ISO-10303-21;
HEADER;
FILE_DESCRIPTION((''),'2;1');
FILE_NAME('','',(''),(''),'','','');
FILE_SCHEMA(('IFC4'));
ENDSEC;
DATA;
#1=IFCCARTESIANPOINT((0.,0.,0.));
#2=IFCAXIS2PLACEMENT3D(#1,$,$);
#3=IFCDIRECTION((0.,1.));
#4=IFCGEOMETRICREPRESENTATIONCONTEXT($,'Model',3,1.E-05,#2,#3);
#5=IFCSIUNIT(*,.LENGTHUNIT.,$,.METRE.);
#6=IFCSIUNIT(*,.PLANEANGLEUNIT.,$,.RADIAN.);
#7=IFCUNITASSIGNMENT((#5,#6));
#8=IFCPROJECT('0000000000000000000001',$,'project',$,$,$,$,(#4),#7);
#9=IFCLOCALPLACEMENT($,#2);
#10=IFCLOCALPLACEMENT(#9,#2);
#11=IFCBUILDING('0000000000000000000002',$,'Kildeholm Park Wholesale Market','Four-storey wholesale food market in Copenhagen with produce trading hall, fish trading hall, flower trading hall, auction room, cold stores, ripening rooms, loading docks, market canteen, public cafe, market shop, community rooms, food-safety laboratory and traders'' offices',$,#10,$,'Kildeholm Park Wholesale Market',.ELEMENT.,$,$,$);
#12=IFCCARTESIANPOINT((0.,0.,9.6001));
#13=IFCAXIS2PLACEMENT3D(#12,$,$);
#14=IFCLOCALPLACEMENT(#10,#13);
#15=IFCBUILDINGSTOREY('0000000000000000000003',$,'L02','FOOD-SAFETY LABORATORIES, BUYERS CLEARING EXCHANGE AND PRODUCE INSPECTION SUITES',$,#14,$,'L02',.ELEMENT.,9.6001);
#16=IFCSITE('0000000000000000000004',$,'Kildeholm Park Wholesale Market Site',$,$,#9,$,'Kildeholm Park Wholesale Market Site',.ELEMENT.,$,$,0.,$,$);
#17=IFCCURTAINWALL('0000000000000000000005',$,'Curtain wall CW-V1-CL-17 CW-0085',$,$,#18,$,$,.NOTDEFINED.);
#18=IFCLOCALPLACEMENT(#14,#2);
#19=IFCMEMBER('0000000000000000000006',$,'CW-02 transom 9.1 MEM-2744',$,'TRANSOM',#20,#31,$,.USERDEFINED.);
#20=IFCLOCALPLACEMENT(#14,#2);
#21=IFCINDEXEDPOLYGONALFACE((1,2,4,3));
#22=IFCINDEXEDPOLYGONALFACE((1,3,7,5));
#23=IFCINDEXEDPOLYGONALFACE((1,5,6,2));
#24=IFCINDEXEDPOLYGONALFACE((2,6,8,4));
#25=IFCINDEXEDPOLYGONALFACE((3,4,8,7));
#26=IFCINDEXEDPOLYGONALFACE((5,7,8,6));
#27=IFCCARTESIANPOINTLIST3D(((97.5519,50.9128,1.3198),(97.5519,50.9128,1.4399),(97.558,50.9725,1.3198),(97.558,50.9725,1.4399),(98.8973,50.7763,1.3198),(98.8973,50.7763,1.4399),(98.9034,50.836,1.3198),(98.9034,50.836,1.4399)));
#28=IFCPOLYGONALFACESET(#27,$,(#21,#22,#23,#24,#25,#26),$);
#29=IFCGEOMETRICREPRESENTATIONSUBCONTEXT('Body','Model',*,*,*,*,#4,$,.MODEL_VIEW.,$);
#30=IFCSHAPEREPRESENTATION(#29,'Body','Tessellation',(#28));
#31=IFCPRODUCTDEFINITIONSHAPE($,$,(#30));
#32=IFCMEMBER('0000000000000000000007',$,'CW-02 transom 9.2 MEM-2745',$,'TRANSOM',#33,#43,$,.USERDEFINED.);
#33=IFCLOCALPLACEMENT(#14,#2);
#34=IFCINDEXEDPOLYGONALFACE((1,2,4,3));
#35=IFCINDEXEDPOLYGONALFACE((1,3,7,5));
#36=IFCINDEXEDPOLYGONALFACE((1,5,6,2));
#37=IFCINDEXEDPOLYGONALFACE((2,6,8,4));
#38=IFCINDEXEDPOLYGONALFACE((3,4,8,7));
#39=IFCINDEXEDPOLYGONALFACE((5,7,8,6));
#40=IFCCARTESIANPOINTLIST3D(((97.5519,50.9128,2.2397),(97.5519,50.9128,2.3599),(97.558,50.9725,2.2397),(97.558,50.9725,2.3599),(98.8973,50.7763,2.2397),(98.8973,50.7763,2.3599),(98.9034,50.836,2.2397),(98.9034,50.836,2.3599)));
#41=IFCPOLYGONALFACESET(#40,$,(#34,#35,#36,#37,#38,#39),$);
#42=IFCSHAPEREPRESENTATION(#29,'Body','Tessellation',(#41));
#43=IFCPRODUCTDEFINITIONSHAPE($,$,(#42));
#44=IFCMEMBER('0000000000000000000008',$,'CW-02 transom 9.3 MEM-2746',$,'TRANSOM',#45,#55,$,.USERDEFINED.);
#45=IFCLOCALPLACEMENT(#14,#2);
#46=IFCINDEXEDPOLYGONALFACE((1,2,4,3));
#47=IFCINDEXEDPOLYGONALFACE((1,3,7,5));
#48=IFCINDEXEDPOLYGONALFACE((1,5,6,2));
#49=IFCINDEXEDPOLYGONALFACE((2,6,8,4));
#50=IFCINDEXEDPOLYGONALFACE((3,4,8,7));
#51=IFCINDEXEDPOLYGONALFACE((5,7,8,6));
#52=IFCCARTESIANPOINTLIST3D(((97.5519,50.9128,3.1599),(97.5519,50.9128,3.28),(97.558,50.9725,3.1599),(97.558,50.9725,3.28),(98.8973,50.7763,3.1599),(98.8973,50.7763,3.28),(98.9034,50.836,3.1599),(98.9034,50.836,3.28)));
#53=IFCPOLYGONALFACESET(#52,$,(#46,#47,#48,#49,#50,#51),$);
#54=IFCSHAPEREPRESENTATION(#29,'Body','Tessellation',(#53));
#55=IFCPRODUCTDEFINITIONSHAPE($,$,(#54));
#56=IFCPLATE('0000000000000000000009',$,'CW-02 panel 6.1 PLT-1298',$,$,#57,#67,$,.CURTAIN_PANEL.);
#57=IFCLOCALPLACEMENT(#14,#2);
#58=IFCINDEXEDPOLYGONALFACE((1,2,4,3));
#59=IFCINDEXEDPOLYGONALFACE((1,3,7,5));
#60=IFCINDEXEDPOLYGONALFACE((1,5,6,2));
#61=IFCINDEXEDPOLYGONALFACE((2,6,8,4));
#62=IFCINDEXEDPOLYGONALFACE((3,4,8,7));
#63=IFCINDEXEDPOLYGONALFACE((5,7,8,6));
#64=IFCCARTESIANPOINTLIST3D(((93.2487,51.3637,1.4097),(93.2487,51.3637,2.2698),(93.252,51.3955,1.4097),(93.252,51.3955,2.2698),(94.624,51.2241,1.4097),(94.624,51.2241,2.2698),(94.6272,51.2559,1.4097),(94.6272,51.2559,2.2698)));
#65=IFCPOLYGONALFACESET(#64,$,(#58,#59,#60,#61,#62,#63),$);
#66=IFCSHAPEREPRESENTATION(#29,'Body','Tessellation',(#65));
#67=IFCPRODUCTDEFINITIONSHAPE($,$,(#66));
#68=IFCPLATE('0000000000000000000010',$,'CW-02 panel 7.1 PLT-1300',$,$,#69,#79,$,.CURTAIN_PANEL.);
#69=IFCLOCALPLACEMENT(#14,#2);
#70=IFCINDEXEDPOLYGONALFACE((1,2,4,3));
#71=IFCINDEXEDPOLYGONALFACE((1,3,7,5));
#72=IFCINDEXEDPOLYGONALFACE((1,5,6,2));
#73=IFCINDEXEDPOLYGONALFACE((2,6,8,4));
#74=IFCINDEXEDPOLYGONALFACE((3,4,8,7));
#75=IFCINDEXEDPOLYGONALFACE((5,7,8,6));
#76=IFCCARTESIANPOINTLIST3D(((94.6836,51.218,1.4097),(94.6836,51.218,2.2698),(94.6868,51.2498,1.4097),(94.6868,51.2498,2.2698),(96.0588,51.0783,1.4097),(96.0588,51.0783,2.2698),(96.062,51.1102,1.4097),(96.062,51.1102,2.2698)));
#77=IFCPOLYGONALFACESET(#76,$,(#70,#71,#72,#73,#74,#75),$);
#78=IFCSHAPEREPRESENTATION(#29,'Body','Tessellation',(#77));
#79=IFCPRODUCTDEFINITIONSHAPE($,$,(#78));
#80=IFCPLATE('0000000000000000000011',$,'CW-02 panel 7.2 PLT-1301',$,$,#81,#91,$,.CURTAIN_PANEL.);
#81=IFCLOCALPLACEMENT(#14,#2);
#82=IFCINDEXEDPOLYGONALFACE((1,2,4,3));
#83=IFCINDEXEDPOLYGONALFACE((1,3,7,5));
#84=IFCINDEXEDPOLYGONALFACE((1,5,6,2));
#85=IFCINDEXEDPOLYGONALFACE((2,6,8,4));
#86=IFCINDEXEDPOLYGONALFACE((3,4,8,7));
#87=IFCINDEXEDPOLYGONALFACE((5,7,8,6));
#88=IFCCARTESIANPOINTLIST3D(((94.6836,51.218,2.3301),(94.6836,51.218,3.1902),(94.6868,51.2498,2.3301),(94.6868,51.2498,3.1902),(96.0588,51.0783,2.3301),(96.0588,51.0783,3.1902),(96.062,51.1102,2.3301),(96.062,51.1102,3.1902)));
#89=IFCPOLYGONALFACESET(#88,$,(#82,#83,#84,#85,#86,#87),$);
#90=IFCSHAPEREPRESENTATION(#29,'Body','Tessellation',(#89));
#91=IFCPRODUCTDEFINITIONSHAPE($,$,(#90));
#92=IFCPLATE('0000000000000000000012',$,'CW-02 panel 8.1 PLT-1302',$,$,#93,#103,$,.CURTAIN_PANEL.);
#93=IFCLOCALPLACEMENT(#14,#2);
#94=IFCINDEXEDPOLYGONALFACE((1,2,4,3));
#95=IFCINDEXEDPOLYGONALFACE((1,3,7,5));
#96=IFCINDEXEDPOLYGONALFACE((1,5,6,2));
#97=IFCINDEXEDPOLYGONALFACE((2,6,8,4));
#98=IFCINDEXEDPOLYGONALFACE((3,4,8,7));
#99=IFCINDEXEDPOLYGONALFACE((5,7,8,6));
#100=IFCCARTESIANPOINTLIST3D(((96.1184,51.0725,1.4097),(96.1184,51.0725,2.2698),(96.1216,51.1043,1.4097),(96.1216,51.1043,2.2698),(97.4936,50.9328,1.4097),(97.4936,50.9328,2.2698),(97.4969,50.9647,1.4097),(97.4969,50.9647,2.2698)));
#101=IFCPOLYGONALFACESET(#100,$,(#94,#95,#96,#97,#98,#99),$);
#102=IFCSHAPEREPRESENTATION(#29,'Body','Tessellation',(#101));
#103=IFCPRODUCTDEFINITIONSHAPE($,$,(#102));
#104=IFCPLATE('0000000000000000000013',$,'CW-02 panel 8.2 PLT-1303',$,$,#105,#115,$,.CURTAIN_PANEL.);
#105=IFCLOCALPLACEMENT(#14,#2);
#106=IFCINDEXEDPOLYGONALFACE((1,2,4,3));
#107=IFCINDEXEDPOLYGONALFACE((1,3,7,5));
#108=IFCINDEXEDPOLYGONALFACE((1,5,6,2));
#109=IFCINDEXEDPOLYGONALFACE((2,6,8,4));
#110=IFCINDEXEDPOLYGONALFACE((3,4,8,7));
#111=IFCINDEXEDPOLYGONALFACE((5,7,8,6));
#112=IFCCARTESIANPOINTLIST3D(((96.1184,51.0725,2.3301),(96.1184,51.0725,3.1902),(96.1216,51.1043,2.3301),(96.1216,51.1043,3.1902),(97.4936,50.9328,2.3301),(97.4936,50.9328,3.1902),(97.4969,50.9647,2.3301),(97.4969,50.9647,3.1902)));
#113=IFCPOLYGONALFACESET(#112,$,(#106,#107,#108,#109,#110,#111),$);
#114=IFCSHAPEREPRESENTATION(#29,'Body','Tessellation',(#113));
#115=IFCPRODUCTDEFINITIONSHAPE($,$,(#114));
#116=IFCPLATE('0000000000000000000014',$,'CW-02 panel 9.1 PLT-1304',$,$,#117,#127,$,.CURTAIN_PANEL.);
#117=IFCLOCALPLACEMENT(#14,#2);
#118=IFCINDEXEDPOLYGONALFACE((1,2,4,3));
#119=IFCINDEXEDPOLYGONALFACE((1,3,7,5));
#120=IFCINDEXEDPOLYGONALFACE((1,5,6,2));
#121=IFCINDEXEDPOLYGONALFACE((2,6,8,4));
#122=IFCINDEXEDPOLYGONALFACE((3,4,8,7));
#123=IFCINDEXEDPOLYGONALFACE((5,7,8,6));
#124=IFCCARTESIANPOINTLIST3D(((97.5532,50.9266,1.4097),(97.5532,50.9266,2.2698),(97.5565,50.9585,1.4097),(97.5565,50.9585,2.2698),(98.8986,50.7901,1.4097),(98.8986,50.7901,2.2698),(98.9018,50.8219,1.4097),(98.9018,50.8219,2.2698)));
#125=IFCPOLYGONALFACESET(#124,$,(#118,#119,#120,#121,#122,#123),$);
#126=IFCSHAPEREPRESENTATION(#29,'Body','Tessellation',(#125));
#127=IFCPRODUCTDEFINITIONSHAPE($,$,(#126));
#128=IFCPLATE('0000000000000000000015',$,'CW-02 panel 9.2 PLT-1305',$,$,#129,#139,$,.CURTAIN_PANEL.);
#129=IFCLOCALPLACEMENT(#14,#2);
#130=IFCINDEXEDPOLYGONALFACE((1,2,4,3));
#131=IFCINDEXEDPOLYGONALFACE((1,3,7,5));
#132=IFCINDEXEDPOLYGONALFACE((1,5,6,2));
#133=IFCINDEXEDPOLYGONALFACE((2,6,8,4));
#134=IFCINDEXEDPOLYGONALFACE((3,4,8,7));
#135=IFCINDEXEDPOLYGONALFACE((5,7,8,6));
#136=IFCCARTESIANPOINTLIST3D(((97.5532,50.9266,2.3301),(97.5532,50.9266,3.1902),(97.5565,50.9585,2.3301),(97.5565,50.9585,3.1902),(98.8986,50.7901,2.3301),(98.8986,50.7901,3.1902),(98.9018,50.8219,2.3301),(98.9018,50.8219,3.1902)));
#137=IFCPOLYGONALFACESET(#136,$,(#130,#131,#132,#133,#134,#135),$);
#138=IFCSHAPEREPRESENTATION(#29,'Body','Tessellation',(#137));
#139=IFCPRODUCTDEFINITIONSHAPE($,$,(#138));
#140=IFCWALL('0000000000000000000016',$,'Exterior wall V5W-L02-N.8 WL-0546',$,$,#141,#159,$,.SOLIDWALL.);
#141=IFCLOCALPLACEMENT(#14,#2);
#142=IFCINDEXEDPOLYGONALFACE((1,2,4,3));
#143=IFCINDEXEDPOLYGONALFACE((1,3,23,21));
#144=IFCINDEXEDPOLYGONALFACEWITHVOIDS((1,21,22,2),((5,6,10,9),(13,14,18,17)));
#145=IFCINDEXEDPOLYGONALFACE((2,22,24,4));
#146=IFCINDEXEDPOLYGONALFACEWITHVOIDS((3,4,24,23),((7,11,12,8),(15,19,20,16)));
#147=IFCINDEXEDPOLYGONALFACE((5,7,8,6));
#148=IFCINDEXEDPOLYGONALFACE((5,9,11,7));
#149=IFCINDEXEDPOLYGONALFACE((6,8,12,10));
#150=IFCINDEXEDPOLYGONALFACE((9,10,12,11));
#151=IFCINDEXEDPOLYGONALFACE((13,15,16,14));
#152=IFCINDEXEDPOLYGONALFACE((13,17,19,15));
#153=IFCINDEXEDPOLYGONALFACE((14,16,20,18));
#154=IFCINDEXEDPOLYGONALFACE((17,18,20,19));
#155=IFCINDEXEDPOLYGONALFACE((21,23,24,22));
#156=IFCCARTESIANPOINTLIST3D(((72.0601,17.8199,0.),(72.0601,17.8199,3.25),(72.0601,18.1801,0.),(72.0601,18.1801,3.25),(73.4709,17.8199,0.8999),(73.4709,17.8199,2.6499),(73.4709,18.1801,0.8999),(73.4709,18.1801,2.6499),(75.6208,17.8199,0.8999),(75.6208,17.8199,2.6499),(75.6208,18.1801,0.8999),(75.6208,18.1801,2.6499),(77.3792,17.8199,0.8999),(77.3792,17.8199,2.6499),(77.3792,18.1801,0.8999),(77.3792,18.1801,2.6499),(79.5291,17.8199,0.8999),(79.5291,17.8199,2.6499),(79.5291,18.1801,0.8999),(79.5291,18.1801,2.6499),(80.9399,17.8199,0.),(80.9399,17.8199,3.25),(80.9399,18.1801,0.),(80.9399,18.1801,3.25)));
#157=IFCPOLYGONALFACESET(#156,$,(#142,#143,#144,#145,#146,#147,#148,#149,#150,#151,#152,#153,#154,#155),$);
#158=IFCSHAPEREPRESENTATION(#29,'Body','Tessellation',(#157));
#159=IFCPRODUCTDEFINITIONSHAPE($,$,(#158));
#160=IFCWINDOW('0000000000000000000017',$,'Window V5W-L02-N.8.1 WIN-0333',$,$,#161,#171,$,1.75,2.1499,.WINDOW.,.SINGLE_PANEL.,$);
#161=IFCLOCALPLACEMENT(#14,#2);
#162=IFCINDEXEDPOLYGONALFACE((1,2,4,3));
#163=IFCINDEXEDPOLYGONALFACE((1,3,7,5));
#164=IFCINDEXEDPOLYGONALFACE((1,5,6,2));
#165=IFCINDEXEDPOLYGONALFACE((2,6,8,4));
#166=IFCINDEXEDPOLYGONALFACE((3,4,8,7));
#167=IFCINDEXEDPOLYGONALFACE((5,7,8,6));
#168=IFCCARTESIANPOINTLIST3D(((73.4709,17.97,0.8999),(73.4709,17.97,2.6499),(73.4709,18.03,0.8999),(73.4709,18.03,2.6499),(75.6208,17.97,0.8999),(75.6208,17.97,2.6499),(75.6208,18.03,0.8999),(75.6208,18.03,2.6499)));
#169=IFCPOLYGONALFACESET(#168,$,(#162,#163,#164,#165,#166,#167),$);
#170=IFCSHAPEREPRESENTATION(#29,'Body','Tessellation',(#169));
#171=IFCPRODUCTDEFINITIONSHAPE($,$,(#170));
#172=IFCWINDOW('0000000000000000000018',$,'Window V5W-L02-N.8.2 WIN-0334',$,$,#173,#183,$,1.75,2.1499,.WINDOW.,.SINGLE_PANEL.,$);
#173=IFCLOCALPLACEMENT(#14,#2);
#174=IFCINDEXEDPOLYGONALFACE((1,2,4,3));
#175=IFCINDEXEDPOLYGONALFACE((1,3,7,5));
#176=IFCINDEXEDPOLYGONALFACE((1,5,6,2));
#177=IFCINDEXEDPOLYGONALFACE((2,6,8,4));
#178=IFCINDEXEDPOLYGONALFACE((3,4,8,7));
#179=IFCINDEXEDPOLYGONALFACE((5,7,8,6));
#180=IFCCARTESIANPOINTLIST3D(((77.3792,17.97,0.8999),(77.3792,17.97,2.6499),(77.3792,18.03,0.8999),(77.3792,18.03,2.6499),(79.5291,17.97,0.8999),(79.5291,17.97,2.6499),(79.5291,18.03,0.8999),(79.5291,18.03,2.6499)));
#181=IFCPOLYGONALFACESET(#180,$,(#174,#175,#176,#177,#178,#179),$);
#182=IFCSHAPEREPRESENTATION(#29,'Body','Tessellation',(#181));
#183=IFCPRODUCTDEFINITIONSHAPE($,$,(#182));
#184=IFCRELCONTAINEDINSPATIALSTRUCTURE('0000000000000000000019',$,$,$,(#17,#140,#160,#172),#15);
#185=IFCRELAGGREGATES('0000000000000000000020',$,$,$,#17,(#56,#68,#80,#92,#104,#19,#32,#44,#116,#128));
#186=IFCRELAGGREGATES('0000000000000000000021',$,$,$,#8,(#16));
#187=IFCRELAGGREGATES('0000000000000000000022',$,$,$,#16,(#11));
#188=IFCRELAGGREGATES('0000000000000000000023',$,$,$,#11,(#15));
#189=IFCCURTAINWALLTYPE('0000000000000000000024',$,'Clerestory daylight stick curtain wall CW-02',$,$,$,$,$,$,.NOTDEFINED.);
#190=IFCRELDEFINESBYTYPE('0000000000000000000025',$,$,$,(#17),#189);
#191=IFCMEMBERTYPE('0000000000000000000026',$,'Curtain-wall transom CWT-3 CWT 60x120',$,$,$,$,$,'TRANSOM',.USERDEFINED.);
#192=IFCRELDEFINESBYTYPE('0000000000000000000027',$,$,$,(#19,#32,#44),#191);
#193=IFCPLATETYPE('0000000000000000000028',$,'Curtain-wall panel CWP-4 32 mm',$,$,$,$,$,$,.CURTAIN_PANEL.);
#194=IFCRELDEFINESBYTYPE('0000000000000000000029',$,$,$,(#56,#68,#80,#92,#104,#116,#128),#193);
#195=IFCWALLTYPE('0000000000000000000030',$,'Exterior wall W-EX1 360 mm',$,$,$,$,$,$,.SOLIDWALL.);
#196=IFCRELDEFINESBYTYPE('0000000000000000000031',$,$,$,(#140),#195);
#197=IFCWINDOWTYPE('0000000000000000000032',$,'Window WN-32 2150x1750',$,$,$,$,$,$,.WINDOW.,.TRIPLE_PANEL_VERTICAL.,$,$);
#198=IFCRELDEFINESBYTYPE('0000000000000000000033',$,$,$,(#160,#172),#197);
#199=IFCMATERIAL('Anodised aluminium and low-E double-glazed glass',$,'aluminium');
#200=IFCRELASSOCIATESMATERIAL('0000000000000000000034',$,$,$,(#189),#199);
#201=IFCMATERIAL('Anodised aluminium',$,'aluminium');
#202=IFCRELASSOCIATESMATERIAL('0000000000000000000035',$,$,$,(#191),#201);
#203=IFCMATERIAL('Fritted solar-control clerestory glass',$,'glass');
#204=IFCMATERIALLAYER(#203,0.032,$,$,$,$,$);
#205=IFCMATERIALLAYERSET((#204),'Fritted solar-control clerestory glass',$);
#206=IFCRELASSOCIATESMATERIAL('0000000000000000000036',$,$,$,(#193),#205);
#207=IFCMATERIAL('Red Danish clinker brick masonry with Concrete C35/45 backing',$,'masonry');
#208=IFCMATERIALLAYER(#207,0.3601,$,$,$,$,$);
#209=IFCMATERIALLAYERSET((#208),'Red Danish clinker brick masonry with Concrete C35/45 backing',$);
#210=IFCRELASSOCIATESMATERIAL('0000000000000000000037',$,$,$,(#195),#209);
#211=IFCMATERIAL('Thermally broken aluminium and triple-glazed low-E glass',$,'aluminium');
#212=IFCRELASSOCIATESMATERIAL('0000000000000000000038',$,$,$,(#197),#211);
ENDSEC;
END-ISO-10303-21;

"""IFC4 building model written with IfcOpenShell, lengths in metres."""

from ifc_helpers import new_model, si_unit, direction, frame, frame_2d, origin, origin_2d, place, context, subcontext, project, spatial, rectangle, extrude, material, layer, layer_set, material_profile, profile_set, type_object, element, fill, aggregate, save


model = new_model("IFC4")

# Units and contexts
model_context = context("Model", 3, precision=1e-05, world=origin(), true_north=direction((0.0, 1.0)))
body_context = subcontext(model_context, "Body", "Model", "MODEL_VIEW")
ifc_project = project(units=[si_unit("LENGTHUNIT", "METRE"), si_unit("PLANEANGLEUNIT", "RADIAN")], contexts=[model_context])

# Site, building, storey
site_placement = place(None, origin())
site = spatial("IfcSite", under=ifc_project, at=site_placement, Name="Kildeholm Park Wholesale Market Site", LongName="Kildeholm Park Wholesale Market Site", CompositionType="ELEMENT", RefElevation=0.0)
building_placement = place(site_placement, origin())
building = spatial("IfcBuilding", under=site, at=building_placement, Name="Kildeholm Park Wholesale Market", Description="Four-storey wholesale food market in Copenhagen with produce trading hall, fish trading hall, flower trading hall, auction room, cold stores, ripening rooms, loading docks, market canteen, public cafe, market shop, community rooms, food-safety laboratory and traders' offices", LongName="Kildeholm Park Wholesale Market", CompositionType="ELEMENT")
storey_placement = place(building_placement, frame((0.0, 0.0, 9.6001)))
storey = spatial("IfcBuildingStorey", under=building, at=storey_placement, Name="L02", Description="FOOD-SAFETY LABORATORIES, BUYERS CLEARING EXCHANGE AND PRODUCE INSPECTION SUITES", LongName="L02", CompositionType="ELEMENT", Elevation=9.6001)

# Curtain wall, members, plates
ifc_material_1 = material(Name="Anodised aluminium and low-E double-glazed glass", Category="aluminium")
curtain_wall_type = type_object("IfcCurtainWallType", Name="Clerestory daylight stick curtain wall CW-02", PredefinedType="NOTDEFINED", material=ifc_material_1)
curtain_wall_placement = place(storey_placement, origin())
curtain_wall = element("IfcCurtainWall", 1, at=curtain_wall_placement, inside=storey, type_object=curtain_wall_type, Name="Curtain wall CW-V1-CL-17 CW-0085", PredefinedType="NOTDEFINED")
ifc_material_2 = material(Name="Anodised aluminium", Category="aluminium")
ifc_material_profile_1 = material_profile(ifc_material_2, rectangle(XDim=0.0601, YDim=0.1201, at=origin_2d()), Name="CWT 60x120")
ifc_profile_set_1 = profile_set([ifc_material_profile_1], Name="Anodised aluminium")
member_type_1 = type_object("IfcMemberType", Name="Curtain-wall transom CWT-3 CWT 60x120", ElementType="TRANSOM", PredefinedType="USERDEFINED", material=ifc_profile_set_1)
member_1_placement = place(storey_placement, frame((97.5549, 50.9426, 1.3799), z_axis=(0.994895, -0.100916, 0.0), x_axis=(0.100916, 0.994895, 0.0)))
member_1 = element("IfcMember", 2, at=member_1_placement, type_object=member_type_1, Name="CW-02 transom 9.1 MEM-2744", ObjectType="TRANSOM", PredefinedType="USERDEFINED", context=body_context, shape_type="SweptSolid", body=[
    extrude(rectangle(XDim=0.0601, YDim=0.1201, at=origin_2d()), origin(), (0.0, 0.0, 1.0), 1.3523),
])
member_2_placement = place(storey_placement, frame((97.5549, 50.9426, 2.2998), z_axis=(0.994895, -0.100916, 0.0), x_axis=(0.100916, 0.994895, 0.0)))
member_2 = element("IfcMember", 3, at=member_2_placement, type_object=member_type_1, Name="CW-02 transom 9.2 MEM-2745", ObjectType="TRANSOM", PredefinedType="USERDEFINED", context=body_context, shape_type="SweptSolid", body=[
    extrude(rectangle(XDim=0.0601, YDim=0.1201, at=origin_2d()), origin(), (0.0, 0.0, 1.0), 1.3523),
])
member_3_placement = place(storey_placement, frame((97.5549, 50.9426, 3.22), z_axis=(0.994895, -0.100916, 0.0), x_axis=(0.100916, 0.994895, 0.0)))
member_3 = element("IfcMember", 4, at=member_3_placement, type_object=member_type_1, Name="CW-02 transom 9.3 MEM-2746", ObjectType="TRANSOM", PredefinedType="USERDEFINED", context=body_context, shape_type="SweptSolid", body=[
    extrude(rectangle(XDim=0.0601, YDim=0.1201, at=origin_2d()), origin(), (0.0, 0.0, 1.0), 1.3523),
])
ifc_material_3 = material(Name="Fritted solar-control clerestory glass", Category="glass")
ifc_layer_1 = layer(ifc_material_3, 0.032)
ifc_layer_set_1 = layer_set([ifc_layer_1], Name="Fritted solar-control clerestory glass")
plate_type = type_object("IfcPlateType", Name="Curtain-wall panel CWP-4 32 mm", PredefinedType="CURTAIN_PANEL", material=ifc_layer_set_1)
plate_1_placement = place(storey_placement, frame((93.938, 51.3098, 1.4097), z_axis=(0.0, 0.0, 1.0), x_axis=(0.994887, -0.100999, 0.0)))
plate_1 = element("IfcPlate", 5, at=plate_1_placement, type_object=plate_type, Name="CW-02 panel 6.1 PLT-1298", PredefinedType="CURTAIN_PANEL", context=body_context, shape_type="SweptSolid", body=[
    extrude(rectangle(XDim=1.3823, YDim=0.032, at=origin_2d()), origin(), (0.0, 0.0, 1.0), 0.8601),
])
plate_2_placement = place(storey_placement, frame((95.3728, 51.1641, 1.4097), z_axis=(0.0, 0.0, 1.0), x_axis=(0.994887, -0.100999, 0.0)))
plate_2 = element("IfcPlate", 6, at=plate_2_placement, type_object=plate_type, Name="CW-02 panel 7.1 PLT-1300", PredefinedType="CURTAIN_PANEL", context=body_context, shape_type="SweptSolid", body=[
    extrude(rectangle(XDim=1.3823, YDim=0.032, at=origin_2d()), origin(), (0.0, 0.0, 1.0), 0.8601),
])
plate_3_placement = place(storey_placement, frame((95.3728, 51.1641, 2.3301), z_axis=(0.0, 0.0, 1.0), x_axis=(0.994887, -0.100999, 0.0)))
plate_3 = element("IfcPlate", 7, at=plate_3_placement, type_object=plate_type, Name="CW-02 panel 7.2 PLT-1301", PredefinedType="CURTAIN_PANEL", context=body_context, shape_type="SweptSolid", body=[
    extrude(rectangle(XDim=1.3823, YDim=0.032, at=origin_2d()), origin(), (0.0, 0.0, 1.0), 0.8601),
])
plate_4_placement = place(storey_placement, frame((96.8076, 51.0186, 1.4097), z_axis=(0.0, 0.0, 1.0), x_axis=(0.994887, -0.100999, 0.0)))
plate_4 = element("IfcPlate", 8, at=plate_4_placement, type_object=plate_type, Name="CW-02 panel 8.1 PLT-1302", PredefinedType="CURTAIN_PANEL", context=body_context, shape_type="SweptSolid", body=[
    extrude(rectangle(XDim=1.3823, YDim=0.032, at=origin_2d()), origin(), (0.0, 0.0, 1.0), 0.8601),
])
plate_5_placement = place(storey_placement, frame((96.8076, 51.0186, 2.3301), z_axis=(0.0, 0.0, 1.0), x_axis=(0.994887, -0.100999, 0.0)))
plate_5 = element("IfcPlate", 9, at=plate_5_placement, type_object=plate_type, Name="CW-02 panel 8.2 PLT-1303", PredefinedType="CURTAIN_PANEL", context=body_context, shape_type="SweptSolid", body=[
    extrude(rectangle(XDim=1.3823, YDim=0.032, at=origin_2d()), origin(), (0.0, 0.0, 1.0), 0.8601),
])
plate_6_placement = place(storey_placement, frame((98.2275, 50.8743, 1.4097), z_axis=(0.0, 0.0, 1.0), x_axis=(0.994887, -0.100999, 0.0)))
plate_6 = element("IfcPlate", 10, at=plate_6_placement, type_object=plate_type, Name="CW-02 panel 9.1 PLT-1304", PredefinedType="CURTAIN_PANEL", context=body_context, shape_type="SweptSolid", body=[
    extrude(rectangle(XDim=1.3523, YDim=0.032, at=origin_2d()), origin(), (0.0, 0.0, 1.0), 0.8601),
])
plate_7_placement = place(storey_placement, frame((98.2275, 50.8743, 2.3301), z_axis=(0.0, 0.0, 1.0), x_axis=(0.994887, -0.100999, 0.0)))
plate_7 = element("IfcPlate", 11, at=plate_7_placement, type_object=plate_type, Name="CW-02 panel 9.2 PLT-1305", PredefinedType="CURTAIN_PANEL", context=body_context, shape_type="SweptSolid", body=[
    extrude(rectangle(XDim=1.3523, YDim=0.032, at=origin_2d()), origin(), (0.0, 0.0, 1.0), 0.8601),
])
aggregate(curtain_wall, [plate_1, plate_2, plate_3, plate_4, plate_5, member_1, member_2, member_3, plate_6, plate_7])

# Wall, openings, windows
ifc_material_4 = material(Name="Red Danish clinker brick masonry with Concrete C35/45 backing", Category="masonry")
ifc_layer_2 = layer(ifc_material_4, 0.3601)
ifc_layer_set_2 = layer_set([ifc_layer_2], Name="Red Danish clinker brick masonry with Concrete C35/45 backing")
wall_type = type_object("IfcWallType", Name="Exterior wall W-EX1 360 mm", PredefinedType="SOLIDWALL", material=ifc_layer_set_2)
wall_placement = place(storey_placement, frame((72.0601, 18.0, 0.0), z_axis=(0.0, 0.0, 1.0), x_axis=(1.0, 0.0, 0.0)))
wall = element("IfcWall", 12, at=wall_placement, inside=storey, type_object=wall_type, Name="Exterior wall V5W-L02-N.8 WL-0546", PredefinedType="SOLIDWALL", context=body_context, shape_type="SweptSolid", body=[
    extrude(rectangle(XDim=8.8799, YDim=0.3601, at=frame_2d((4.4399, 0.0))), origin(), (0.0, 0.0, 1.0), 3.25),
])
opening_1_placement = place(wall_placement, frame((1.4109, 0.0, 0.8999)))
opening_1 = element("IfcOpeningElement", 13, at=opening_1_placement, cuts=wall, PredefinedType="OPENING", context=body_context, shape_type="SweptSolid", body=[
    extrude(rectangle(XDim=2.1499, YDim=1.75, at=frame_2d((1.075, 0.875))), frame((0.0, 0.1899, 0.0), z_axis=(0.0, -1.0, 0.0), x_axis=(1.0, 0.0, 0.0)), (0.0, 0.0, 1.0), 0.3801),
])
opening_2_placement = place(wall_placement, frame((5.3191, 0.0, 0.8999)))
opening_2 = element("IfcOpeningElement", 14, at=opening_2_placement, cuts=wall, PredefinedType="OPENING", context=body_context, shape_type="SweptSolid", body=[
    extrude(rectangle(XDim=2.1499, YDim=1.75, at=frame_2d((1.075, 0.875))), frame((0.0, 0.1899, 0.0), z_axis=(0.0, -1.0, 0.0), x_axis=(1.0, 0.0, 0.0)), (0.0, 0.0, 1.0), 0.3801),
])
ifc_material_5 = material(Name="Thermally broken aluminium and triple-glazed low-E glass", Category="aluminium")
window_type = type_object("IfcWindowType", Name="Window WN-32 2150x1750", PartitioningType="TRIPLE_PANEL_VERTICAL", PredefinedType="WINDOW", material=ifc_material_5)
window_1_placement = place(opening_1_placement, origin())
window_1 = element("IfcWindow", 15, at=window_1_placement, inside=storey, type_object=window_type, Name="Window V5W-L02-N.8.1 WIN-0333", OverallHeight=1.75, OverallWidth=2.1499, PartitioningType="SINGLE_PANEL", PredefinedType="WINDOW", context=body_context, shape_type="SweptSolid", body=[
    extrude(rectangle(XDim=2.1499, YDim=1.75, at=frame_2d((1.075, 0.875))), frame((0.0, 0.03, 0.0), z_axis=(0.0, -1.0, 0.0), x_axis=(1.0, 0.0, 0.0)), (0.0, 0.0, 1.0), 0.0601),
])
fill(opening_1, window_1)
window_2_placement = place(opening_2_placement, origin())
window_2 = element("IfcWindow", 16, at=window_2_placement, inside=storey, type_object=window_type, Name="Window V5W-L02-N.8.2 WIN-0334", OverallHeight=1.75, OverallWidth=2.1499, PartitioningType="SINGLE_PANEL", PredefinedType="WINDOW", context=body_context, shape_type="SweptSolid", body=[
    extrude(rectangle(XDim=2.1499, YDim=1.75, at=frame_2d((1.075, 0.875))), frame((0.0, 0.03, 0.0), z_axis=(0.0, -1.0, 0.0), x_axis=(1.0, 0.0, 0.0)), (0.0, 0.0, 1.0), 0.0601),
])
fill(opening_2, window_2)

save(model, "model.ifc")
